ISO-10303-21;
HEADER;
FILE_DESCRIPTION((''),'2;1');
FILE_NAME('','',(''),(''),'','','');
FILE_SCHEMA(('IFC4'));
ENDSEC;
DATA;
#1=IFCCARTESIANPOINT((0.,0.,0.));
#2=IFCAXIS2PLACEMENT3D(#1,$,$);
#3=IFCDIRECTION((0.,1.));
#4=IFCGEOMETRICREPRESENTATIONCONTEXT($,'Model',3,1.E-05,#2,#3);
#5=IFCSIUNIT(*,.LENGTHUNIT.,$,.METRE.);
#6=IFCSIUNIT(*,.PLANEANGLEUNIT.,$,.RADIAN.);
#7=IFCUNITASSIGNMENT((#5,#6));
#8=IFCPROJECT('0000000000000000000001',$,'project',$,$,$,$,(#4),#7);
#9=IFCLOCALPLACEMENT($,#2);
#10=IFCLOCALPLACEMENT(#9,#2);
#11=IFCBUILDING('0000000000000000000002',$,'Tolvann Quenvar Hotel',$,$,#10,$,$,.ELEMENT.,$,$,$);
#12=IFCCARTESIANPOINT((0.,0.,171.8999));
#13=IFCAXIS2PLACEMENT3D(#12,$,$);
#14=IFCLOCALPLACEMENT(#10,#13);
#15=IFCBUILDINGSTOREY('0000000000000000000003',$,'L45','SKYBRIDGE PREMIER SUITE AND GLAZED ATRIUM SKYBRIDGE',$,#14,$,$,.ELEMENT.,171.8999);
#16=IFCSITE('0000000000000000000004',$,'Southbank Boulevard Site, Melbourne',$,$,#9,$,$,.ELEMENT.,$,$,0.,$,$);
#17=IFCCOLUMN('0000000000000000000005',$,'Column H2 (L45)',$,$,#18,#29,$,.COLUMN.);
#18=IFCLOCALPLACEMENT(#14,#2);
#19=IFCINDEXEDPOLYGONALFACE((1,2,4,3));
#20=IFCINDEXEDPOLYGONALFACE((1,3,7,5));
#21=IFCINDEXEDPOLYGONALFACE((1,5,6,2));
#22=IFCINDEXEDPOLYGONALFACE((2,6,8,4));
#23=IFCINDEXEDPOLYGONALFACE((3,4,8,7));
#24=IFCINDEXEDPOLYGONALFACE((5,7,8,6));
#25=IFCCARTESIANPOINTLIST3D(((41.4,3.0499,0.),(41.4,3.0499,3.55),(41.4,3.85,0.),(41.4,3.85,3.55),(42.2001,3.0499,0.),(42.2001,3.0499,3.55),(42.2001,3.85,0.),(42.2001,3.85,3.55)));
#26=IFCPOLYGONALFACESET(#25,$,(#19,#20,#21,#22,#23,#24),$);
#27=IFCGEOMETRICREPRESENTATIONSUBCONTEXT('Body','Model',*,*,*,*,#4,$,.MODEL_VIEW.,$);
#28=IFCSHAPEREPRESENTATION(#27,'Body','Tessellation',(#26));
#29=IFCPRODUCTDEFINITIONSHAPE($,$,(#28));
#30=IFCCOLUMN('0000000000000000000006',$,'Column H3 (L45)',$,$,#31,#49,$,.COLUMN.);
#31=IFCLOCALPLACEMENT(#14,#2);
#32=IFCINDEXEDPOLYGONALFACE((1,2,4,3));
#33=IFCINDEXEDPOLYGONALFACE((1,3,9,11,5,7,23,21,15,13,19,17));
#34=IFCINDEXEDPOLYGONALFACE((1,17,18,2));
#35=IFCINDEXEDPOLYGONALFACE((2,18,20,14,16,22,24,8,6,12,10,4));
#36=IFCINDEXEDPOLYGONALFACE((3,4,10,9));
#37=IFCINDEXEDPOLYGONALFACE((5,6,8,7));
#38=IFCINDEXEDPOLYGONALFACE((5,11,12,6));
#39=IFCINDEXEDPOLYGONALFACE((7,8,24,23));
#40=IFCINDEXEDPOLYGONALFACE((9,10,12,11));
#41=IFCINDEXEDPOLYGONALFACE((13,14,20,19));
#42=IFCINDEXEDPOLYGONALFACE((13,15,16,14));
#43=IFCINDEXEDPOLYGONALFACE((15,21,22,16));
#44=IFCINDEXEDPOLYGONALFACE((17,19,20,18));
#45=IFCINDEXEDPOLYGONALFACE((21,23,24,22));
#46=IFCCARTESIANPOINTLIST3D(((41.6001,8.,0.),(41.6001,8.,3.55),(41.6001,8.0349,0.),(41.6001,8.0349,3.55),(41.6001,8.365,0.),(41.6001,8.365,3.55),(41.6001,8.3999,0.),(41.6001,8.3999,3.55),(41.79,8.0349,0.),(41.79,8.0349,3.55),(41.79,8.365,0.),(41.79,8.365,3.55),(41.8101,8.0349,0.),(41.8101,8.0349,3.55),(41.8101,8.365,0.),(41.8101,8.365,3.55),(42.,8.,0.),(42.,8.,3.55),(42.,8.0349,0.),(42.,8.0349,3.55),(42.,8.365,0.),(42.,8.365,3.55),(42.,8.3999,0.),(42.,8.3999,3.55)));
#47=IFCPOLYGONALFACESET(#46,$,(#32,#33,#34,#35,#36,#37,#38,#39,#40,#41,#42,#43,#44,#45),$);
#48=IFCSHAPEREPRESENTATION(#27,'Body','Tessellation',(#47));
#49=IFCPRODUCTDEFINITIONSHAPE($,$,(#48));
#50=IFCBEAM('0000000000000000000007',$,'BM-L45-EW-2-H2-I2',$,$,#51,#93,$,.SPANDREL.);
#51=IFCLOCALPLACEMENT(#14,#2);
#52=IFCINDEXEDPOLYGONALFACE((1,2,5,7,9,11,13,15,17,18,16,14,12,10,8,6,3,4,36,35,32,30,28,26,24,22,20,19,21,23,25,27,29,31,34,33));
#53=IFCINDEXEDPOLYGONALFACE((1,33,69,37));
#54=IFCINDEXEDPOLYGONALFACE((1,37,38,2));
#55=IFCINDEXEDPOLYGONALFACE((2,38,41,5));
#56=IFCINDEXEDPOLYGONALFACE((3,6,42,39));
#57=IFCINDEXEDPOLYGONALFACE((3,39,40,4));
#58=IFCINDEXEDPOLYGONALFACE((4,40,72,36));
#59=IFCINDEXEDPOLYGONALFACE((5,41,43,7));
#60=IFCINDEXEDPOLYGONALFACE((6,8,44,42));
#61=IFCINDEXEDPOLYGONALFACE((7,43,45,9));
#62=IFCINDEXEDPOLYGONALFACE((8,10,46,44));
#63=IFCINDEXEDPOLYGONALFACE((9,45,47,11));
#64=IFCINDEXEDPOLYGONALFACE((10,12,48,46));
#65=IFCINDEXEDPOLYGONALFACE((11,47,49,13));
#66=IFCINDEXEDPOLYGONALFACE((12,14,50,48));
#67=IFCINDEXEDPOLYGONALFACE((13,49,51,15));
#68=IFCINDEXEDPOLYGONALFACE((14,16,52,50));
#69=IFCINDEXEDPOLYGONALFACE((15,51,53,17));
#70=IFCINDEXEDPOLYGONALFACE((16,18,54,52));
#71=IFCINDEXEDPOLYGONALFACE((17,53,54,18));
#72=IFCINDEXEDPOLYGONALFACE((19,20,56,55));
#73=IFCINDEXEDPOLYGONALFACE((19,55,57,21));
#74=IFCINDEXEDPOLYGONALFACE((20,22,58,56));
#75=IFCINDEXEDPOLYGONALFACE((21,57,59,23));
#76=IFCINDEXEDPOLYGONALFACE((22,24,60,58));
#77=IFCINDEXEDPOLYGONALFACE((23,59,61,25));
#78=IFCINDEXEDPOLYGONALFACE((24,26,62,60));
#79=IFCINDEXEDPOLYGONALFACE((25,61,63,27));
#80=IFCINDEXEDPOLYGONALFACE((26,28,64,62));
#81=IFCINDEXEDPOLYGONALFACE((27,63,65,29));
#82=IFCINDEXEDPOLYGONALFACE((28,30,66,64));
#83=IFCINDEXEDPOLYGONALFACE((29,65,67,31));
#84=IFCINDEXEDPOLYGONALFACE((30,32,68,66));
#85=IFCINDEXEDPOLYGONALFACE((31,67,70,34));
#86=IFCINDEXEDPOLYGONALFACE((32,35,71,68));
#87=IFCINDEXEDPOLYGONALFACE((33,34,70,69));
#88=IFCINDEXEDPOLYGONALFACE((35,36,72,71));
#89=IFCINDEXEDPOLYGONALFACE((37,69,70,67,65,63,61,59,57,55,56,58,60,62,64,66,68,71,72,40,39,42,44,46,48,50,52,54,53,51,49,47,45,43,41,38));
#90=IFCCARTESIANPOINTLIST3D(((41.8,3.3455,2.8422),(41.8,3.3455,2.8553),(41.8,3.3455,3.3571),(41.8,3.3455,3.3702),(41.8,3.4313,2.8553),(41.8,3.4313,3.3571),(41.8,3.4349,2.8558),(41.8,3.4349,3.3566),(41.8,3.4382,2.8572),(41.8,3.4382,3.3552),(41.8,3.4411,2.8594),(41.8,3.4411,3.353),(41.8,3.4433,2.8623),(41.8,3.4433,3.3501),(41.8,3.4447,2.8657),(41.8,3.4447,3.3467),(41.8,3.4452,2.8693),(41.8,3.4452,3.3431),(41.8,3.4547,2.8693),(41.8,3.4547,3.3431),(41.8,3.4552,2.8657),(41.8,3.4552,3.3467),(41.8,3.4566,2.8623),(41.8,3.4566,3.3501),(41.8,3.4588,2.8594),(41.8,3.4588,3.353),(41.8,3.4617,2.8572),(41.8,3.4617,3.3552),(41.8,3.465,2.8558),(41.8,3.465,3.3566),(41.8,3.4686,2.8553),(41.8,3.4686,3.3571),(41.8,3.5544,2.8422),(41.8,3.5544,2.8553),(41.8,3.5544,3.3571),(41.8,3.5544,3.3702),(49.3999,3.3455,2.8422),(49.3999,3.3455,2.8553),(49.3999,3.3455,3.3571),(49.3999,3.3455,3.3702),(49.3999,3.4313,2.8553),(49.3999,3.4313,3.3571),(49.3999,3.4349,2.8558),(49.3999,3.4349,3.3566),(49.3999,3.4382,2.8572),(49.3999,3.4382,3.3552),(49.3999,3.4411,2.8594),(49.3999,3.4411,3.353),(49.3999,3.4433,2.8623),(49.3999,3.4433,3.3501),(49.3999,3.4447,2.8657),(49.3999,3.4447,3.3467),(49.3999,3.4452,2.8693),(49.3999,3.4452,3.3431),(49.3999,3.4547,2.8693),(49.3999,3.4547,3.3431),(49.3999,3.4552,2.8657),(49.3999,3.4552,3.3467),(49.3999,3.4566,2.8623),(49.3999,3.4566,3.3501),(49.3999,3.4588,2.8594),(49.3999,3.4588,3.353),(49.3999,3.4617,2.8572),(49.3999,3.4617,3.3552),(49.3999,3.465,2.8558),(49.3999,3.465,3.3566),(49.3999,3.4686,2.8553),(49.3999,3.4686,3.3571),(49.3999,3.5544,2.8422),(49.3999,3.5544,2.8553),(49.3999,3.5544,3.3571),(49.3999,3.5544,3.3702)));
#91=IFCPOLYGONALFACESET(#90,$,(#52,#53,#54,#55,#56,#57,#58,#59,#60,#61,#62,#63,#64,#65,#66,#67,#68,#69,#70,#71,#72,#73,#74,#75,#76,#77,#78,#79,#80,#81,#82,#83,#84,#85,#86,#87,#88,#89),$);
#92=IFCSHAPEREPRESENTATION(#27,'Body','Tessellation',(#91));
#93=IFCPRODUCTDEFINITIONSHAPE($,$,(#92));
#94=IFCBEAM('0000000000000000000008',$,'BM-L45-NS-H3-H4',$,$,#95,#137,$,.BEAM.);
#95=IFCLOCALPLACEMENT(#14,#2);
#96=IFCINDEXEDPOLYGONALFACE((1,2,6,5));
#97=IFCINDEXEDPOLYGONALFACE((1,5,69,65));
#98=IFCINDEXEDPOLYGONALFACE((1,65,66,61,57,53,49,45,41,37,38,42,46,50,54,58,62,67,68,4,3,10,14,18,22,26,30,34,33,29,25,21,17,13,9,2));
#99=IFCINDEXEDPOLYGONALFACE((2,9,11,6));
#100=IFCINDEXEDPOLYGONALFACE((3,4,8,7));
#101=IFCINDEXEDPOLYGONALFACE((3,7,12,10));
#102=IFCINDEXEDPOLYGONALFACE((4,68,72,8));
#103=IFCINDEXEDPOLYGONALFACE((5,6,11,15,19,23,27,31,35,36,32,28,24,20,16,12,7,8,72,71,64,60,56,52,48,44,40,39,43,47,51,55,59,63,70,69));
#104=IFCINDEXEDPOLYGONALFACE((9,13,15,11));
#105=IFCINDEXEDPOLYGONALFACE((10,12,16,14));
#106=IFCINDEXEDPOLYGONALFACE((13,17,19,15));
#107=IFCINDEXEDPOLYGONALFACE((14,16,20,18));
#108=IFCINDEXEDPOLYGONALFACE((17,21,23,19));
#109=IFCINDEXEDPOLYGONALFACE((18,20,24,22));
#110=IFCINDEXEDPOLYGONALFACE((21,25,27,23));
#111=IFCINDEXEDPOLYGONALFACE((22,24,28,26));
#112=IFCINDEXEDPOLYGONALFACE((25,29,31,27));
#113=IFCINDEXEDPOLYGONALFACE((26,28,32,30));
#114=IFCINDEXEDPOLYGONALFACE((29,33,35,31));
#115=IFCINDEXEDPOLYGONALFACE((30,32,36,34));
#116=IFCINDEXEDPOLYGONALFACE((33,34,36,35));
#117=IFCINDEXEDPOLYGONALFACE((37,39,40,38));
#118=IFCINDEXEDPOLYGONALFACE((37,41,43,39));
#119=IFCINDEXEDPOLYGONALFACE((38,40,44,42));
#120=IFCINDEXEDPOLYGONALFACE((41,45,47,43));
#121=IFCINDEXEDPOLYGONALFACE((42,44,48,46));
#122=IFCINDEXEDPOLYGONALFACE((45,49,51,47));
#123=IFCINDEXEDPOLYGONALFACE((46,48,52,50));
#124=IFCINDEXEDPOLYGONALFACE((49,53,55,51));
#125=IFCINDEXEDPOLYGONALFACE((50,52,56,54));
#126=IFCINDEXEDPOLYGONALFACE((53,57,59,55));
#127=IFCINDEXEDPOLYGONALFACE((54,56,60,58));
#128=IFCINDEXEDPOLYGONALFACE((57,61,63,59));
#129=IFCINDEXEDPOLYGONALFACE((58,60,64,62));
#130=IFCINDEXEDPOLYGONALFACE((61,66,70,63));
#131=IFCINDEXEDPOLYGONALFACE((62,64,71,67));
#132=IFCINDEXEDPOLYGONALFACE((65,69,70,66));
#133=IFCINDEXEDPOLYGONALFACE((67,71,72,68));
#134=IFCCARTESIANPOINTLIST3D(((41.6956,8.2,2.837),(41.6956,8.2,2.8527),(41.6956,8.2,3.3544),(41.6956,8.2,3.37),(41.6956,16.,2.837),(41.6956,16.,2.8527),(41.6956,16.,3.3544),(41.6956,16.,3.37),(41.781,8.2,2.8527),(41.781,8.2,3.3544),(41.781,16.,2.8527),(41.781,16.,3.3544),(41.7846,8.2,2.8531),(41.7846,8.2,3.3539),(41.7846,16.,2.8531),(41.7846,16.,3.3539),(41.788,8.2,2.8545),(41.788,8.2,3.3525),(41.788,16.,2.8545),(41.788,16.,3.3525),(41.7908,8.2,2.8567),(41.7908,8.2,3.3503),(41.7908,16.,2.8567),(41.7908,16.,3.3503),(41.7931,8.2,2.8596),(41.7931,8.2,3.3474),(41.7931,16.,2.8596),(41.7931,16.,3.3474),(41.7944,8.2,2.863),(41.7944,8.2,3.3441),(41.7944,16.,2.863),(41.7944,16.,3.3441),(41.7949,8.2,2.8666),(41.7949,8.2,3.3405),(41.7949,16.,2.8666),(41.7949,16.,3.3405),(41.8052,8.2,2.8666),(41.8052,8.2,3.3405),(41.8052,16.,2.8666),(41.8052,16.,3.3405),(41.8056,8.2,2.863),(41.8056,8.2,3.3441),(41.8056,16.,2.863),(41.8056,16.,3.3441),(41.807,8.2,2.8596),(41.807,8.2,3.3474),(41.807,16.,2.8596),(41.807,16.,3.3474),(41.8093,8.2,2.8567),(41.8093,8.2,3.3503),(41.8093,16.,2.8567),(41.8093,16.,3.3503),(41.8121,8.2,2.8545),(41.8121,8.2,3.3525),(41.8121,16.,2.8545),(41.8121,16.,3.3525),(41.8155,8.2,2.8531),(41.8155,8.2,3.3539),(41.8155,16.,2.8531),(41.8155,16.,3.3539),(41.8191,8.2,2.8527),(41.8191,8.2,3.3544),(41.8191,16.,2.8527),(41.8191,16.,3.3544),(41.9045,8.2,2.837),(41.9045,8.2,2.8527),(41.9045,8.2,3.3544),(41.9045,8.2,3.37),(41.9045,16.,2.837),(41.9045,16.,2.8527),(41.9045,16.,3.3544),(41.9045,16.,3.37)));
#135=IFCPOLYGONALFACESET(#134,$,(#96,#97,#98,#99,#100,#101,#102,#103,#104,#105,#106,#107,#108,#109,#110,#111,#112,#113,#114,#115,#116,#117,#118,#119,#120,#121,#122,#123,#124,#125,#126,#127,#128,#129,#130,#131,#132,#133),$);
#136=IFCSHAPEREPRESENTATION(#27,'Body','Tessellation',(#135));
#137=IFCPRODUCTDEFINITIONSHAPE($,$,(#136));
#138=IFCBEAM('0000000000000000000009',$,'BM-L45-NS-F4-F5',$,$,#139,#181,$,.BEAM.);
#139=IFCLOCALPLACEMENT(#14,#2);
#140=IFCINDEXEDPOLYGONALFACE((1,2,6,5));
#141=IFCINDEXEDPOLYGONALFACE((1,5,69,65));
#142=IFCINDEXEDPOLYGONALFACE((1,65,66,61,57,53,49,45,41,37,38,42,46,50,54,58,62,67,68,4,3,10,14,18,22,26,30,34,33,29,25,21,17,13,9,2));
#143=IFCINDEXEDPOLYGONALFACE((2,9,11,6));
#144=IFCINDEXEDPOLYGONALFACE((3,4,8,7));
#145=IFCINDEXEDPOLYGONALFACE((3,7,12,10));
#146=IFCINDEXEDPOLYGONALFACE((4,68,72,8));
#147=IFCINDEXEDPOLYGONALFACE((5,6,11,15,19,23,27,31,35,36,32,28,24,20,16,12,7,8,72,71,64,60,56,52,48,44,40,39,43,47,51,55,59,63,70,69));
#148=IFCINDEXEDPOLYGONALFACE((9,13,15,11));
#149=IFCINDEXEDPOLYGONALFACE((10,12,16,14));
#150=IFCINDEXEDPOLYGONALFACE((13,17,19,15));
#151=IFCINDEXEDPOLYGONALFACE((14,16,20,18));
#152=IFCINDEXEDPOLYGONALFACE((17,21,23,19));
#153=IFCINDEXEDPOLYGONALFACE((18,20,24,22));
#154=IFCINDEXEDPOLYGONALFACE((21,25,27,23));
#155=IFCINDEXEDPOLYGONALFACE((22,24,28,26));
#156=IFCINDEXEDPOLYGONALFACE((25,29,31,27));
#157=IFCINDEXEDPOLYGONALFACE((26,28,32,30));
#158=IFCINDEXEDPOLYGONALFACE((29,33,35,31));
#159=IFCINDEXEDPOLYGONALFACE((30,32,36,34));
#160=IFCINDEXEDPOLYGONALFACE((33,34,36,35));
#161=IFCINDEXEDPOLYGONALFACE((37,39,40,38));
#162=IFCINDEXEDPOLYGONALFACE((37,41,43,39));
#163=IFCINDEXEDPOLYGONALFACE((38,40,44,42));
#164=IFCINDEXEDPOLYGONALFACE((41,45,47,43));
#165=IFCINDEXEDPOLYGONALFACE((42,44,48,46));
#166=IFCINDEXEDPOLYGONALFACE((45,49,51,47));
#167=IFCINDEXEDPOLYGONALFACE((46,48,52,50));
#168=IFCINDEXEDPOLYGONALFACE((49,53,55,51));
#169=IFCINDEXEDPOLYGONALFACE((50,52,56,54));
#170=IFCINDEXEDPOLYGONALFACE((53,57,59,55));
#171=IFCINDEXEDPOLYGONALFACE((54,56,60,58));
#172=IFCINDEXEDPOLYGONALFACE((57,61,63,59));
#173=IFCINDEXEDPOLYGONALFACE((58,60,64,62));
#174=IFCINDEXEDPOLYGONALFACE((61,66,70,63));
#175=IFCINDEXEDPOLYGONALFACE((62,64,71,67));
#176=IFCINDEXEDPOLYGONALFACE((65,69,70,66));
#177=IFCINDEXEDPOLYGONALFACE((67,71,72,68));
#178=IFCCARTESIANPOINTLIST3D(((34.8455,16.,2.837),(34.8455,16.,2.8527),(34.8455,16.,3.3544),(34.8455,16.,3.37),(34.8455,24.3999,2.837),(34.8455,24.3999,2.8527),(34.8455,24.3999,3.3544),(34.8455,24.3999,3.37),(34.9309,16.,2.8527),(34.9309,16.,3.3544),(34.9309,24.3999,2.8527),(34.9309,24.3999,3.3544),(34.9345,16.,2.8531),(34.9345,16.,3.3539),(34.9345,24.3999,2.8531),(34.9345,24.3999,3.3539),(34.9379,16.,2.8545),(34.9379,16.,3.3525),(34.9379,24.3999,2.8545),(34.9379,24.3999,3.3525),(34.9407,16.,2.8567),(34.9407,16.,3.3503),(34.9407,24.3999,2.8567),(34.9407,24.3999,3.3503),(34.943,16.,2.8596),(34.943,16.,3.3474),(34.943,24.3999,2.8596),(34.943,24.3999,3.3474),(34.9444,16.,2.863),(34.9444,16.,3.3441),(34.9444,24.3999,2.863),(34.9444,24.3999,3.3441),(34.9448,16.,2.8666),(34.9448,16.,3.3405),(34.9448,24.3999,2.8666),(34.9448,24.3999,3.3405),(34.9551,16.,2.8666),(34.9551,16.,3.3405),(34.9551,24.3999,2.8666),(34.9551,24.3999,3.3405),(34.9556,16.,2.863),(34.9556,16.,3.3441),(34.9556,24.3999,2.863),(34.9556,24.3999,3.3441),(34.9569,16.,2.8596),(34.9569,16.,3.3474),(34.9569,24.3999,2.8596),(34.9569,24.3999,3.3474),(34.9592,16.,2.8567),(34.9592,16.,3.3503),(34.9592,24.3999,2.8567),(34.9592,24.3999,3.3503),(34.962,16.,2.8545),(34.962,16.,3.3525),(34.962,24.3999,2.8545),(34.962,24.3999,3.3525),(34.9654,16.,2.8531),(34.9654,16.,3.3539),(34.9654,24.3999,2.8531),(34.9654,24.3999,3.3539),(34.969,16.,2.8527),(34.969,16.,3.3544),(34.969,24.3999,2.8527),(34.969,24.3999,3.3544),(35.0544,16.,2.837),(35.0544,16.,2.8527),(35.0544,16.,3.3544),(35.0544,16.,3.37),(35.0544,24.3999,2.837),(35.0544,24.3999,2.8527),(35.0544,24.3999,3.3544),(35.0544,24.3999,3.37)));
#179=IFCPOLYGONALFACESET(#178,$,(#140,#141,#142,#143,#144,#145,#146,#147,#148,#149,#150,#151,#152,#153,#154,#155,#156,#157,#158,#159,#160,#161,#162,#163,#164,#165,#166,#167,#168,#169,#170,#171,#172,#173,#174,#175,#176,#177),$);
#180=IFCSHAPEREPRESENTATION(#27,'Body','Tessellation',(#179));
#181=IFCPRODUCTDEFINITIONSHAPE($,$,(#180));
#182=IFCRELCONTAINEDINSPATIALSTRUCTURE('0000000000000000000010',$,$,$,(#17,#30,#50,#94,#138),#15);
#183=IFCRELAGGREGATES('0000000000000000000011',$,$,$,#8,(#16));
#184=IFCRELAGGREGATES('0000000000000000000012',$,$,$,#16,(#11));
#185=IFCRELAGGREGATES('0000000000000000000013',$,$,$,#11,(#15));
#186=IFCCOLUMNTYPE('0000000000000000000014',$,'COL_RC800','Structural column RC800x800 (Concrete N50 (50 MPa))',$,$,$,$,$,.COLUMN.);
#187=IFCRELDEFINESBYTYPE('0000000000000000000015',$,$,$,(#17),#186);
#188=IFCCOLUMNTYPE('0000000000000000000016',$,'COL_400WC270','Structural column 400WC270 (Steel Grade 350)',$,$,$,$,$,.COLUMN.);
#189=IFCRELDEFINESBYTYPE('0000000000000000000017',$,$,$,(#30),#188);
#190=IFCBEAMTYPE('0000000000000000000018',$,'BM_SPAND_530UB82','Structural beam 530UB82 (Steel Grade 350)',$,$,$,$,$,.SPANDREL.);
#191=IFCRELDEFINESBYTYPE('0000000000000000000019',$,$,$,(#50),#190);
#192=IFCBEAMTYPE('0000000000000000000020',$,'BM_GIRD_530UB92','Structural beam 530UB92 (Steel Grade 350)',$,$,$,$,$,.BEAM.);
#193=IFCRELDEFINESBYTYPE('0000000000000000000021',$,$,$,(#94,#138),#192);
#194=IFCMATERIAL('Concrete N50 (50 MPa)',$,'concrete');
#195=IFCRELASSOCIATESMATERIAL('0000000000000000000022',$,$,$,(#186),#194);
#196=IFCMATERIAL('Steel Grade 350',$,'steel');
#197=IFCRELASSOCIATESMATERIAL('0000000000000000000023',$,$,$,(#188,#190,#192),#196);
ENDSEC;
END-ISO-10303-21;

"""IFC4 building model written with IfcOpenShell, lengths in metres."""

from ifc_helpers import new_model, si_unit, direction, frame, origin, origin_2d, place, context, subcontext, project, spatial, rectangle, i_section, extrude, source, transform, mapped, material, material_profile, profile_set, type_object, type_shapes, element, save


model = new_model("IFC4")

# Units and contexts
model_context = context("Model", 3, precision=1e-05, world=origin(), true_north=direction((0.0, 1.0)))
body_context = subcontext(model_context, "Body", "Model", "MODEL_VIEW")
ifc_project = project(units=[si_unit("LENGTHUNIT", "METRE"), si_unit("PLANEANGLEUNIT", "RADIAN")], contexts=[model_context])

# Site, building, storey
site_placement = place(None, origin())
site = spatial("IfcSite", under=ifc_project, at=site_placement, Name="Southbank Boulevard Site, Melbourne", CompositionType="ELEMENT", RefElevation=0.0)
building_placement = place(site_placement, origin())
building = spatial("IfcBuilding", under=site, at=building_placement, Name="Tolvann Quenvar Hotel", CompositionType="ELEMENT")
storey_placement = place(building_placement, frame((0.0, 0.0, 171.8999)))
storey = spatial("IfcBuildingStorey", under=building, at=storey_placement, Name="L45", Description="SKYBRIDGE PREMIER SUITE AND GLAZED ATRIUM SKYBRIDGE", CompositionType="ELEMENT", Elevation=171.8999)

# Columns
ifc_material_1 = material(Name="Concrete N50 (50 MPa)", Category="concrete")
ifc_material_profile_1 = material_profile(ifc_material_1, rectangle(XDim=0.8, YDim=0.8, at=origin_2d()), Name="RC800x800")
ifc_profile_set_1 = profile_set([ifc_material_profile_1], Name="Concrete N50 (50 MPa)")
column_type_1 = type_object("IfcColumnType", Name="COL_RC800", Description="Structural column RC800x800 (Concrete N50 (50 MPa))", PredefinedType="COLUMN", material=ifc_profile_set_1)
shared_shape_1 = source(origin(), body_context, "Body", "SweptSolid", [
    extrude(rectangle(XDim=0.8, YDim=0.8, at=origin_2d()), origin(), (0.0, 0.0, 1.0), 3.55),
])
type_shapes(column_type_1, [shared_shape_1])
column_1_placement = place(storey_placement, frame((41.8, 3.45, 0.0), z_axis=(0.0, 0.0, 1.0), x_axis=(1.0, 0.0, 0.0)))
element("IfcColumn", 1, at=column_1_placement, inside=storey, type_object=column_type_1, Name="Column H2 (L45)", PredefinedType="COLUMN", context=body_context, shape_type="MappedRepresentation", body=[
    mapped(shared_shape_1, transform((0.0, 0.0, 0.0), x_axis=(1.0, 0.0, 0.0), y_axis=(0.0, 1.0, 0.0), z_axis=(0.0, 0.0, 1.0), scale=1.0)),
])
ifc_material_2 = material(Name="Steel Grade 350", Category="steel")
ifc_material_profile_2 = material_profile(ifc_material_2, i_section(OverallWidth=0.3999, OverallDepth=0.3999, WebThickness=0.02, FlangeThickness=0.0349, at=origin_2d()), Name="400WC270")
ifc_profile_set_2 = profile_set([ifc_material_profile_2], Name="Steel Grade 350")
column_type_2 = type_object("IfcColumnType", Name="COL_400WC270", Description="Structural column 400WC270 (Steel Grade 350)", PredefinedType="COLUMN", material=ifc_profile_set_2)
shared_shape_2 = source(origin(), body_context, "Body", "SweptSolid", [
    extrude(i_section(OverallWidth=0.3999, OverallDepth=0.3999, WebThickness=0.02, FlangeThickness=0.0349, at=origin_2d()), origin(), (0.0, 0.0, 1.0), 3.55),
])
type_shapes(column_type_2, [shared_shape_2])
column_2_placement = place(storey_placement, frame((41.8, 8.2, 0.0), z_axis=(0.0, 0.0, 1.0), x_axis=(1.0, 0.0, 0.0)))
element("IfcColumn", 2, at=column_2_placement, inside=storey, type_object=column_type_2, Name="Column H3 (L45)", PredefinedType="COLUMN", context=body_context, shape_type="MappedRepresentation", body=[
    mapped(shared_shape_2, transform((0.0, 0.0, 0.0), x_axis=(1.0, 0.0, 0.0), y_axis=(0.0, 1.0, 0.0), z_axis=(0.0, 0.0, 1.0), scale=1.0)),
])

# Beams
ifc_material_profile_3 = material_profile(ifc_material_2, i_section(OverallWidth=0.209, OverallDepth=0.5281, WebThickness=0.0095, FlangeThickness=0.0132, FilletRadius=0.0139, at=origin_2d()), Name="530UB82")
ifc_profile_set_3 = profile_set([ifc_material_profile_3], Name="Steel Grade 350")
beam_type_1 = type_object("IfcBeamType", Name="BM_SPAND_530UB82", Description="Structural beam 530UB82 (Steel Grade 350)", PredefinedType="SPANDREL", material=ifc_profile_set_3)
shared_shape_3 = source(origin(), body_context, "Body", "SweptSolid", [
    extrude(i_section(OverallWidth=0.209, OverallDepth=0.5281, WebThickness=0.0095, FlangeThickness=0.0132, FilletRadius=0.0139, at=origin_2d()), origin(), (0.0, 0.0, 1.0), 7.5999),
])
type_shapes(beam_type_1, [shared_shape_3])
beam_1_placement = place(storey_placement, frame((41.8, 3.45, 3.1062), z_axis=(1.0, 0.0, 0.0), x_axis=(0.0, 1.0, 0.0)))
element("IfcBeam", 3, at=beam_1_placement, inside=storey, type_object=beam_type_1, Name="BM-L45-EW-2-H2-I2", PredefinedType="SPANDREL", context=body_context, shape_type="MappedRepresentation", body=[
    mapped(shared_shape_3, transform((0.0, 0.0, 0.0), x_axis=(1.0, 0.0, 0.0), y_axis=(0.0, 1.0, 0.0), z_axis=(0.0, 0.0, 1.0), scale=1.0)),
])
ifc_material_profile_4 = material_profile(ifc_material_2, i_section(OverallWidth=0.209, OverallDepth=0.533, WebThickness=0.0103, FlangeThickness=0.0156, FilletRadius=0.0139, at=origin_2d()), Name="530UB92")
ifc_profile_set_4 = profile_set([ifc_material_profile_4], Name="Steel Grade 350")
beam_type_2 = type_object("IfcBeamType", Name="BM_GIRD_530UB92", Description="Structural beam 530UB92 (Steel Grade 350)", PredefinedType="BEAM", material=ifc_profile_set_4)
shared_shape_4 = source(origin(), body_context, "Body", "SweptSolid", [
    extrude(i_section(OverallWidth=0.209, OverallDepth=0.533, WebThickness=0.0103, FlangeThickness=0.0156, FilletRadius=0.0139, at=origin_2d()), origin(), (0.0, 0.0, 1.0), 7.8),
])
beam_2_placement = place(storey_placement, frame((41.8, 8.2, 3.1035), z_axis=(0.0, 1.0, 0.0), x_axis=(-1.0, 0.0, 0.0)))
element("IfcBeam", 4, at=beam_2_placement, inside=storey, type_object=beam_type_2, Name="BM-L45-NS-H3-H4", PredefinedType="BEAM", context=body_context, shape_type="MappedRepresentation", body=[
    mapped(shared_shape_4, transform((0.0, 0.0, 0.0), x_axis=(1.0, 0.0, 0.0), y_axis=(0.0, 1.0, 0.0), z_axis=(0.0, 0.0, 1.0), scale=1.0)),
])
shared_shape_5 = source(origin(), body_context, "Body", "SweptSolid", [
    extrude(i_section(OverallWidth=0.209, OverallDepth=0.533, WebThickness=0.0103, FlangeThickness=0.0156, FilletRadius=0.0139, at=origin_2d()), origin(), (0.0, 0.0, 1.0), 8.3999),
])
beam_3_placement = place(storey_placement, frame((34.95, 16.0, 3.1035), z_axis=(0.0, 1.0, 0.0), x_axis=(-1.0, 0.0, 0.0)))
element("IfcBeam", 5, at=beam_3_placement, inside=storey, type_object=beam_type_2, Name="BM-L45-NS-F4-F5", PredefinedType="BEAM", context=body_context, shape_type="MappedRepresentation", body=[
    mapped(shared_shape_5, transform((0.0, 0.0, 0.0), x_axis=(1.0, 0.0, 0.0), y_axis=(0.0, 1.0, 0.0), z_axis=(0.0, 0.0, 1.0), scale=1.0)),
])

save(model, "model.ifc")
